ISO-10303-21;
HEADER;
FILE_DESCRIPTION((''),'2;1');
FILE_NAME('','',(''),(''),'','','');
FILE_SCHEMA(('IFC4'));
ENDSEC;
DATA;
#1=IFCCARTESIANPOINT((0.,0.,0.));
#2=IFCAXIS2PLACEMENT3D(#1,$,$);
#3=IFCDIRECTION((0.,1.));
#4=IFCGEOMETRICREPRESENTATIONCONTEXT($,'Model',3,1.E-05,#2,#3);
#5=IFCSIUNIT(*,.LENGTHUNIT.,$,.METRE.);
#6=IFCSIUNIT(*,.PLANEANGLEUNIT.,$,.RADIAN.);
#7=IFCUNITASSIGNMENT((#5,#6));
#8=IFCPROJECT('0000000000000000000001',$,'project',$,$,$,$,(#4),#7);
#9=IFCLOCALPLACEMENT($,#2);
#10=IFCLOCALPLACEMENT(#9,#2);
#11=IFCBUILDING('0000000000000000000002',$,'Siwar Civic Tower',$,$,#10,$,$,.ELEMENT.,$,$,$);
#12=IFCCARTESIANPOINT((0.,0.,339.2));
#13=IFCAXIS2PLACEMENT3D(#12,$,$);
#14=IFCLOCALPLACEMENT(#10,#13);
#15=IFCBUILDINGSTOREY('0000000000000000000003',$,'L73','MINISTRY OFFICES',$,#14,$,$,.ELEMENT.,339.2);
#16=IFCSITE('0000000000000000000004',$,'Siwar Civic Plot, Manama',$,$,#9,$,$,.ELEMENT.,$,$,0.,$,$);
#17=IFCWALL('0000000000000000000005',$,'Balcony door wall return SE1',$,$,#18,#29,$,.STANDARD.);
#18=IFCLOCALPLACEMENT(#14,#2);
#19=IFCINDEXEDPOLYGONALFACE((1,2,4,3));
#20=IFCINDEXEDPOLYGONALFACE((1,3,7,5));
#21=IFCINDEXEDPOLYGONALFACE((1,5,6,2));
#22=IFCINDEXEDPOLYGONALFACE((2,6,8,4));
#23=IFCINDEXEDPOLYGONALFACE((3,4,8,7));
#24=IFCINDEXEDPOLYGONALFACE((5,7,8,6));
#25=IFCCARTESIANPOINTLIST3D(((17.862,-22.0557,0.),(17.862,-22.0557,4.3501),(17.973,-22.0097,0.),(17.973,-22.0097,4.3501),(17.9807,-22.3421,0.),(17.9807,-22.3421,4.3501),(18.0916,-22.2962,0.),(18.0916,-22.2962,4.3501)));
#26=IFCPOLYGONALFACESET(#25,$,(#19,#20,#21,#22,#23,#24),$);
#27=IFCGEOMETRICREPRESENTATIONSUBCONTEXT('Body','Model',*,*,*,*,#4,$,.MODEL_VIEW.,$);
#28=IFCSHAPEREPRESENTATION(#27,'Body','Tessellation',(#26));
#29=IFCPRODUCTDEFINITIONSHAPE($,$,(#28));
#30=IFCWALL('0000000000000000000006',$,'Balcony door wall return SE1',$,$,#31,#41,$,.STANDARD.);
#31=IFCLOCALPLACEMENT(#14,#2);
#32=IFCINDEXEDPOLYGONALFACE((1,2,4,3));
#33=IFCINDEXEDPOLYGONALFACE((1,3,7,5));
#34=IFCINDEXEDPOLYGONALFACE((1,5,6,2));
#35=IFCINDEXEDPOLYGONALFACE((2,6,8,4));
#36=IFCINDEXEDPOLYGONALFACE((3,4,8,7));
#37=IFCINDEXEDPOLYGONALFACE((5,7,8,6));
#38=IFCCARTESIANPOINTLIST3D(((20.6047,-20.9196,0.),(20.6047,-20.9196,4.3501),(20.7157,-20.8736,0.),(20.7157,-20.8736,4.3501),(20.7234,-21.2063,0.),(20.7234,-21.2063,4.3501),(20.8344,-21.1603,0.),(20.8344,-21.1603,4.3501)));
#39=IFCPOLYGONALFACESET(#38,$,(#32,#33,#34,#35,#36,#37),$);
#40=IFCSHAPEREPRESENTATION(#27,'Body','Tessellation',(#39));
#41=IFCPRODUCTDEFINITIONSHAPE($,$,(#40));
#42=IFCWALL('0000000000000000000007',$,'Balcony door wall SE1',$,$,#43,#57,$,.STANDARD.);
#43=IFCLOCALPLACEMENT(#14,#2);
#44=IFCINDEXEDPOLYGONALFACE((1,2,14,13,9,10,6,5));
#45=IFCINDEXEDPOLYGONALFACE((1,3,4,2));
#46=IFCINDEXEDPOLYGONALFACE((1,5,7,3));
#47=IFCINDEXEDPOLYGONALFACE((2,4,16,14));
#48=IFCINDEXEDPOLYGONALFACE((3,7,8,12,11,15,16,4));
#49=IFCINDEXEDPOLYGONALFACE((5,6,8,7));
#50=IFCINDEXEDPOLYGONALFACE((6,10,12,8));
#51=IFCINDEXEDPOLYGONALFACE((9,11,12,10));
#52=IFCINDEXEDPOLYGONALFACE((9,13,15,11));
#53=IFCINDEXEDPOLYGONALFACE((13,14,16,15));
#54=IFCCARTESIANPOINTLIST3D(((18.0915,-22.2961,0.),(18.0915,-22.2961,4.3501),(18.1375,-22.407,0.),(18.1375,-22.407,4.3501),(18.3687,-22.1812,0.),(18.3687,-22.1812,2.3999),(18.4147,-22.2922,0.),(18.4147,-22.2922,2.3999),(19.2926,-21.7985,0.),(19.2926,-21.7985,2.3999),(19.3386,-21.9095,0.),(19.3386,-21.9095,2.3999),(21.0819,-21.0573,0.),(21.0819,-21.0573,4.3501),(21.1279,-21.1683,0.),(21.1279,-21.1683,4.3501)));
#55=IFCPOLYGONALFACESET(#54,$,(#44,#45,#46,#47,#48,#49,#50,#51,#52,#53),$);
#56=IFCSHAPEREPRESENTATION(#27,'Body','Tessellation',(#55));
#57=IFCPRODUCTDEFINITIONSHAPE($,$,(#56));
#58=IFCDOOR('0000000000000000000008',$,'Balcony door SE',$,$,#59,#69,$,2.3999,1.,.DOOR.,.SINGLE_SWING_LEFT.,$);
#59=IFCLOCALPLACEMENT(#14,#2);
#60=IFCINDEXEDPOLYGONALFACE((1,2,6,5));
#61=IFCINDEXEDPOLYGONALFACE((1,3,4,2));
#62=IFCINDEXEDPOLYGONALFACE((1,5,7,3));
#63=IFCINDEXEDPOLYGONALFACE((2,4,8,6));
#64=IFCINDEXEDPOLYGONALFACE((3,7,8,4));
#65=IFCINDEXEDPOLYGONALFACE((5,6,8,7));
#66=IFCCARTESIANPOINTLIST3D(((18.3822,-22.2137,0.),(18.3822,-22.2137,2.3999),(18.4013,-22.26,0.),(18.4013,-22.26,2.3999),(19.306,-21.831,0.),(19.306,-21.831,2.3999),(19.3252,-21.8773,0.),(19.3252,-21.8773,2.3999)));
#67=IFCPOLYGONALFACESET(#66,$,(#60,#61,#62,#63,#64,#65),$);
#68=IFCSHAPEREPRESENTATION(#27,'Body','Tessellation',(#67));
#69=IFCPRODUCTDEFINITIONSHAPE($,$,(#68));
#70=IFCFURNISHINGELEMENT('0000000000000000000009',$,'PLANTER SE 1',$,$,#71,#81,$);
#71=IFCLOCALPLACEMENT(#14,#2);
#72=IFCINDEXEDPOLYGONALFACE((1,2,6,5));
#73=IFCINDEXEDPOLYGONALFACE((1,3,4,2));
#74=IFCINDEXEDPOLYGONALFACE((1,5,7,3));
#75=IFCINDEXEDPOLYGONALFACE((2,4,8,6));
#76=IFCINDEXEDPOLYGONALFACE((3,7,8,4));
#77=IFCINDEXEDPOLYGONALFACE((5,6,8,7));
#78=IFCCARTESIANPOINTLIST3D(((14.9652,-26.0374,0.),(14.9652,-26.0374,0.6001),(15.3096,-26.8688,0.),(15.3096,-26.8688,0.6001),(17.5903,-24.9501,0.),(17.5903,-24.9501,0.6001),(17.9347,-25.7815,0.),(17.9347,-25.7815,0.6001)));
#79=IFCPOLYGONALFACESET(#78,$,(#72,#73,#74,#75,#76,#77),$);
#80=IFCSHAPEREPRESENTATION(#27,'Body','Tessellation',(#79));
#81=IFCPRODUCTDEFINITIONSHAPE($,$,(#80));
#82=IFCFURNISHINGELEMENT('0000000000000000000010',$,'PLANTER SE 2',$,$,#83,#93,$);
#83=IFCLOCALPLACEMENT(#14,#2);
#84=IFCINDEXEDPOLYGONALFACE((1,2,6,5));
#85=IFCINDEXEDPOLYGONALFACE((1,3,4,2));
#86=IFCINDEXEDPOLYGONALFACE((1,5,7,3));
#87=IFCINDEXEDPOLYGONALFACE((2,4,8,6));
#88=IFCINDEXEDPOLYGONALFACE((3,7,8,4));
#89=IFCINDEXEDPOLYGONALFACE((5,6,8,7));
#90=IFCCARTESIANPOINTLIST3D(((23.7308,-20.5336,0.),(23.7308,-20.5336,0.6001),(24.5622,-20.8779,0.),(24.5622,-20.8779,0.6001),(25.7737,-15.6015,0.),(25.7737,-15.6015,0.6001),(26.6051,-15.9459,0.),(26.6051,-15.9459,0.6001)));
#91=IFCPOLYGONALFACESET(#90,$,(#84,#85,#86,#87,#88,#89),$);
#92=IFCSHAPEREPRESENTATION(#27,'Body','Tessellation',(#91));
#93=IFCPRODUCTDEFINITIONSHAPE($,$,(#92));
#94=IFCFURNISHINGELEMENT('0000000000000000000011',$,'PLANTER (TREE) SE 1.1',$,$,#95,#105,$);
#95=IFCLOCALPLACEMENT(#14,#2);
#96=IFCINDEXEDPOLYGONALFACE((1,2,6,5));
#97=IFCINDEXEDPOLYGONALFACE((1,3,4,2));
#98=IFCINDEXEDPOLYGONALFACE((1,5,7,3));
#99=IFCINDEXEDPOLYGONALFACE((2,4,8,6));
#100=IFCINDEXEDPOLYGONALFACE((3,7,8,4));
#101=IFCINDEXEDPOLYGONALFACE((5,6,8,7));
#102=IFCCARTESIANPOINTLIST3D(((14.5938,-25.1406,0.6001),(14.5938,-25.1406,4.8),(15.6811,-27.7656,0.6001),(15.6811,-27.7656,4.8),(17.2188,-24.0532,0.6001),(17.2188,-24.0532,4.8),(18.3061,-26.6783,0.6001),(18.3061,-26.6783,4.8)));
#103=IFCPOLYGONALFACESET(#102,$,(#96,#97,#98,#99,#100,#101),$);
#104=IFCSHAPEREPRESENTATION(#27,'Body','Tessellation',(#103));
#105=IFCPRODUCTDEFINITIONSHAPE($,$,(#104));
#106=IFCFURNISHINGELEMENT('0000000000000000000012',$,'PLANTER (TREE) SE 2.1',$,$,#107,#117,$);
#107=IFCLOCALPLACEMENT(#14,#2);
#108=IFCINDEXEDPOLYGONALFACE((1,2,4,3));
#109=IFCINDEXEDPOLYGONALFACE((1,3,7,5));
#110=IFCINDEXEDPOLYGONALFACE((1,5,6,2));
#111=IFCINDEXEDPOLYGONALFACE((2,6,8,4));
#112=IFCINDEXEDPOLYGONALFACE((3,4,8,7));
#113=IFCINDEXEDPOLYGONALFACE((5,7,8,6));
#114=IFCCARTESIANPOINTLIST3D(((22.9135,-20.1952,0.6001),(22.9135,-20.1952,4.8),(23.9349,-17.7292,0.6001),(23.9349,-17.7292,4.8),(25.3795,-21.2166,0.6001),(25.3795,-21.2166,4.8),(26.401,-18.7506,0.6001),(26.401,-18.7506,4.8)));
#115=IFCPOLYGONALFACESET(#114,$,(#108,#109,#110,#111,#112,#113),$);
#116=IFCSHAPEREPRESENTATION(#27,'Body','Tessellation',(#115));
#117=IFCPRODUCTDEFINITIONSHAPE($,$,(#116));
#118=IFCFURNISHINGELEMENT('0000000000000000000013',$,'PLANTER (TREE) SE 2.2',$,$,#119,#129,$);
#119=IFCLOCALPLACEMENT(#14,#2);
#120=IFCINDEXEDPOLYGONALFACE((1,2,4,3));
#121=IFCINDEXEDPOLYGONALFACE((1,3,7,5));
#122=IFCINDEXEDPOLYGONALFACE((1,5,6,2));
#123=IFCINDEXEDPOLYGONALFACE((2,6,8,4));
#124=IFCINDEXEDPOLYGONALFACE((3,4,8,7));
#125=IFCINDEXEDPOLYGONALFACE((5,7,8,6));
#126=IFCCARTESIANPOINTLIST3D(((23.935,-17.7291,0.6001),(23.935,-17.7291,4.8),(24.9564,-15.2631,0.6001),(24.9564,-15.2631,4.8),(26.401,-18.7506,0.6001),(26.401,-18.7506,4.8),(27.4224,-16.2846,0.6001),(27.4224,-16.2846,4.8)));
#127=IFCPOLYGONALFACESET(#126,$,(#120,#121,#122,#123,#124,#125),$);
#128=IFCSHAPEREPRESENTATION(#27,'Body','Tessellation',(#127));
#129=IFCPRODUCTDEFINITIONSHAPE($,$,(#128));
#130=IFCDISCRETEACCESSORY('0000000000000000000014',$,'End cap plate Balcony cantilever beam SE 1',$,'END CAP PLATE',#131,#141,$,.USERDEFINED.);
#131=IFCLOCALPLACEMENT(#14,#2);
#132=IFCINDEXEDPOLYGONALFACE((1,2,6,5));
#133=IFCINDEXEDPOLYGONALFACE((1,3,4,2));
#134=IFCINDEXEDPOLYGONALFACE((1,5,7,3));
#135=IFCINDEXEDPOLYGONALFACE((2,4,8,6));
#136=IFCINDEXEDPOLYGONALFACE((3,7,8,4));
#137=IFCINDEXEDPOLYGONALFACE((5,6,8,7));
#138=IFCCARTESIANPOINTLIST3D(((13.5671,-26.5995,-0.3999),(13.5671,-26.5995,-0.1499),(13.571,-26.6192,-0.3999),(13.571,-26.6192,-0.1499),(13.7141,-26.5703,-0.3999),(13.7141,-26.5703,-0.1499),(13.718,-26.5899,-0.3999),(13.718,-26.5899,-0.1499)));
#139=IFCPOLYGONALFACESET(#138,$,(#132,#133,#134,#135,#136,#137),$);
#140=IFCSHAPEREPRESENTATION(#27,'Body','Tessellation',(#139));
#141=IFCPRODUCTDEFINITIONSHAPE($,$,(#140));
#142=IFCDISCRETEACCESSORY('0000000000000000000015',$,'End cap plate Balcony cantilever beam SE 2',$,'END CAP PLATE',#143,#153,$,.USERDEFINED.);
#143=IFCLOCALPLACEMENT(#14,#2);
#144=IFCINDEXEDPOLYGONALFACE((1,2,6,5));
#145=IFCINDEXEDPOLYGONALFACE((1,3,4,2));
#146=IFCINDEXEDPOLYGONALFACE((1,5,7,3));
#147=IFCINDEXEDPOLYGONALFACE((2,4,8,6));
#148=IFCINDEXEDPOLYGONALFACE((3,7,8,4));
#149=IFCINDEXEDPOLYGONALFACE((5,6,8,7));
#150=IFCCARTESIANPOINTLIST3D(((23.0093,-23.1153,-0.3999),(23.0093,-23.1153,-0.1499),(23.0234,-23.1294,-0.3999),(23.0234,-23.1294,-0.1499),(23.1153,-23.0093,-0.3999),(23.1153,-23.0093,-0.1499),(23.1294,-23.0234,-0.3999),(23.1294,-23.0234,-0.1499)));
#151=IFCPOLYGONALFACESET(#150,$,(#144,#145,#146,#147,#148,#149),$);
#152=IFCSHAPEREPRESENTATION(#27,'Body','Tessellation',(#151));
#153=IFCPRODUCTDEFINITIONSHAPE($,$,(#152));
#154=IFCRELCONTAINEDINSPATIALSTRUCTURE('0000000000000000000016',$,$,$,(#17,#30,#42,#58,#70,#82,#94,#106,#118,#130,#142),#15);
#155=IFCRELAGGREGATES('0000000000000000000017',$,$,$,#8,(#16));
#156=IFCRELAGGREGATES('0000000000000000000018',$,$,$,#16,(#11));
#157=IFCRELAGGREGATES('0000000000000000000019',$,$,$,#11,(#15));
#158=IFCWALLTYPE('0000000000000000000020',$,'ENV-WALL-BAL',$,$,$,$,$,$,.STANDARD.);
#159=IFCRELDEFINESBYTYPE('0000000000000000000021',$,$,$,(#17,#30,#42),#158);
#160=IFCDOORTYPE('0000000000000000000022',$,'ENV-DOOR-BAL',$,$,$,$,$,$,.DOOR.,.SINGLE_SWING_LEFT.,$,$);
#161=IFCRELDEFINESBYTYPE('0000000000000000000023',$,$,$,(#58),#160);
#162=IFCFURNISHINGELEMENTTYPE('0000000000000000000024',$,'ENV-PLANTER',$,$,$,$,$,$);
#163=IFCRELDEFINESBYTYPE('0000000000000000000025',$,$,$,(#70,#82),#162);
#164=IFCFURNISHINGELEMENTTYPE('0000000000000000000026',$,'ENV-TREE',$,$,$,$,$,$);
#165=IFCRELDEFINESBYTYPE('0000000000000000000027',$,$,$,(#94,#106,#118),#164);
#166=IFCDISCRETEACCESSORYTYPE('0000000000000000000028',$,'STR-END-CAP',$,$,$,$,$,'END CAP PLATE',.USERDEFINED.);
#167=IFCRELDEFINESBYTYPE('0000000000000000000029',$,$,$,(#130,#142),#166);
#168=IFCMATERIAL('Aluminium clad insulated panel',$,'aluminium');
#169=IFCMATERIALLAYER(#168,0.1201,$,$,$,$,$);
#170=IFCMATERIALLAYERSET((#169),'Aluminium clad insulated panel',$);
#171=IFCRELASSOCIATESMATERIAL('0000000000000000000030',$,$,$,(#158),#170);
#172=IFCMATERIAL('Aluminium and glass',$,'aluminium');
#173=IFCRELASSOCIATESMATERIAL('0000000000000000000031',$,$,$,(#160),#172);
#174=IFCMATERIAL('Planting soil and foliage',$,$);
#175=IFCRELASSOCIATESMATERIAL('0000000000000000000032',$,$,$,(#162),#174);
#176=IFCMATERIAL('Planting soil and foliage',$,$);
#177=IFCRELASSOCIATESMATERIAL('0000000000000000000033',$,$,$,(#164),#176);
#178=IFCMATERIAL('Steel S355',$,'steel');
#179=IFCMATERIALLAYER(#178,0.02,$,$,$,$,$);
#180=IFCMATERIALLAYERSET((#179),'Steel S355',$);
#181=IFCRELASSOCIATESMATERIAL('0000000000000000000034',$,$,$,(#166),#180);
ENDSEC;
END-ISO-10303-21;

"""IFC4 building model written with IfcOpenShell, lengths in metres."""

from ifc_helpers import new_model, si_unit, direction, frame, frame_2d, origin, origin_2d, place, context, subcontext, project, spatial, rectangle, extrude, material, layer, layer_set, type_object, element, fill, save


model = new_model("IFC4")

# Units and contexts
model_context = context("Model", 3, precision=1e-05, world=origin(), true_north=direction((0.0, 1.0)))
body_context = subcontext(model_context, "Body", "Model", "MODEL_VIEW")
ifc_project = project(units=[si_unit("LENGTHUNIT", "METRE"), si_unit("PLANEANGLEUNIT", "RADIAN")], contexts=[model_context])

# Site, building, storey
site_placement = place(None, origin())
site = spatial("IfcSite", under=ifc_project, at=site_placement, Name="Siwar Civic Plot, Manama", CompositionType="ELEMENT", RefElevation=0.0)
building_placement = place(site_placement, origin())
building = spatial("IfcBuilding", under=site, at=building_placement, Name="Siwar Civic Tower", CompositionType="ELEMENT")
storey_placement = place(building_placement, frame((0.0, 0.0, 339.2)))
storey = spatial("IfcBuildingStorey", under=building, at=storey_placement, Name="L73", Description="MINISTRY OFFICES", CompositionType="ELEMENT", Elevation=339.2)

# Walls
ifc_material_1 = material(Name="Aluminium clad insulated panel", Category="aluminium")
ifc_layer_1 = layer(ifc_material_1, 0.1201)
ifc_layer_set_1 = layer_set([ifc_layer_1], Name="Aluminium clad insulated panel")
wall_type = type_object("IfcWallType", Name="ENV-WALL-BAL", PredefinedType="STANDARD", material=ifc_layer_set_1)
wall_1_placement = place(storey_placement, frame((17.9175, -22.0327, 0.0), z_axis=(0.0, 0.0, 1.0), x_axis=(0.382769, -0.923844, 0.0)))
element("IfcWall", 1, at=wall_1_placement, inside=storey, type_object=wall_type, Name="Balcony door wall return SE1", PredefinedType="STANDARD", context=body_context, shape_type="SweptSolid", body=[
    extrude(rectangle(XDim=0.3101, YDim=0.1201, at=frame_2d((0.155, 0.0))), origin(), (0.0, 0.0, 1.0), 4.3501),
])
wall_2_placement = place(storey_placement, frame((20.6602, -20.8965, 0.0), z_axis=(0.0, 0.0, 1.0), x_axis=(0.382491, -0.923959, 0.0)))
element("IfcWall", 2, at=wall_2_placement, inside=storey, type_object=wall_type, Name="Balcony door wall return SE1", PredefinedType="STANDARD", context=body_context, shape_type="SweptSolid", body=[
    extrude(rectangle(XDim=0.3103, YDim=0.1201, at=frame_2d((0.1553, 0.0))), origin(), (0.0, 0.0, 1.0), 4.3501),
])

# Wall, opening, door
wall_3_placement = place(storey_placement, frame((18.1145, -22.3516, 0.0), z_axis=(0.0, 0.0, 1.0), x_axis=(0.923872, 0.382703, 0.0)))
wall_3 = element("IfcWall", 3, at=wall_3_placement, inside=storey, type_object=wall_type, Name="Balcony door wall SE1", PredefinedType="STANDARD", context=body_context, shape_type="SweptSolid", body=[
    extrude(rectangle(XDim=3.2368, YDim=0.1201, at=frame_2d((1.6184, 0.0))), origin(), (0.0, 0.0, 1.0), 4.3501),
])
opening_placement = place(wall_3_placement, frame((0.3, 0.0, 0.0)))
opening = element("IfcOpeningElement", 4, at=opening_placement, cuts=wall_3, PredefinedType="OPENING", context=body_context, shape_type="SweptSolid", body=[
    extrude(rectangle(XDim=1.0, YDim=2.3999, at=frame_2d((0.5, 1.2))), frame((0.0, 0.0701, 0.0), z_axis=(0.0, -1.0, 0.0), x_axis=(1.0, 0.0, 0.0)), (0.0, 0.0, 1.0), 0.1401),
])
ifc_material_2 = material(Name="Aluminium and glass", Category="aluminium")
door_type = type_object("IfcDoorType", Name="ENV-DOOR-BAL", OperationType="SINGLE_SWING_LEFT", PredefinedType="DOOR", material=ifc_material_2)
door_placement = place(opening_placement, origin())
door = element("IfcDoor", 5, at=door_placement, inside=storey, type_object=door_type, Name="Balcony door SE", OperationType="SINGLE_SWING_LEFT", OverallHeight=2.3999, OverallWidth=1.0, PredefinedType="DOOR", context=body_context, shape_type="SweptSolid", body=[
    extrude(rectangle(XDim=1.0, YDim=2.3999, at=frame_2d((0.5, 1.2))), frame((0.0, 0.0249, 0.0), z_axis=(0.0, -1.0, 0.0), x_axis=(1.0, 0.0, 0.0)), (0.0, 0.0, 1.0), 0.05),
])
fill(opening, door)

# Furnishing elements
ifc_material_3 = material(Name="Planting soil and foliage")
furnishing_element_type_1 = type_object("IfcFurnishingElementType", Name="ENV-PLANTER", material=ifc_material_3)
furnishing_1_placement = place(storey_placement, frame((16.45, -25.9094, 0.0), z_axis=(0.0, 0.0, 1.0), x_axis=(0.92388, 0.382683, 0.0)))
element("IfcFurnishingElement", 6, at=furnishing_1_placement, inside=storey, type_object=furnishing_element_type_1, Name="PLANTER SE 1", context=body_context, shape_type="SweptSolid", body=[
    extrude(rectangle(XDim=2.8413, YDim=0.8999, at=origin_2d()), origin(), (0.0, 0.0, 1.0), 0.6001),
])
furnishing_2_placement = place(storey_placement, frame((25.168, -18.2397, 0.0), z_axis=(0.0, 0.0, 1.0), x_axis=(0.382683, 0.92388, 0.0)))
element("IfcFurnishingElement", 7, at=furnishing_2_placement, inside=storey, type_object=furnishing_element_type_1, Name="PLANTER SE 2", context=body_context, shape_type="SweptSolid", body=[
    extrude(rectangle(XDim=5.3384, YDim=0.8999, at=origin_2d()), origin(), (0.0, 0.0, 1.0), 0.6001),
])
ifc_material_4 = material(Name="Planting soil and foliage")
furnishing_element_type_2 = type_object("IfcFurnishingElementType", Name="ENV-TREE", material=ifc_material_4)
furnishing_3_placement = place(storey_placement, frame((16.45, -25.9094, 0.6001), z_axis=(0.0, 0.0, 1.0), x_axis=(0.92388, 0.382683, 0.0)))
element("IfcFurnishingElement", 8, at=furnishing_3_placement, inside=storey, type_object=furnishing_element_type_2, Name="PLANTER (TREE) SE 1.1", context=body_context, shape_type="SweptSolid", body=[
    extrude(rectangle(XDim=2.8413, YDim=2.8413, at=origin_2d()), origin(), (0.0, 0.0, 1.0), 4.2),
])
for number, where, z_axis, x_axis, name in (
    (9, (24.6572, -19.4729, 0.6001), (0.0, 0.0, 1.0), (0.382683, 0.92388, 0.0), "PLANTER (TREE) SE 2.1"),
    (10, (25.6787, -17.0068, 0.6001), (0.0, 0.0, 1.0), (0.382683, 0.92388, 0.0), "PLANTER (TREE) SE 2.2"),
):
    element("IfcFurnishingElement", number, at=place(storey_placement, frame(where, z_axis=z_axis, x_axis=x_axis)), inside=storey, type_object=furnishing_element_type_2, Name=name, context=body_context, shape_type="SweptSolid", body=[
        extrude(rectangle(XDim=2.6692, YDim=2.6692, at=origin_2d()), origin(), (0.0, 0.0, 1.0), 4.2),
    ])

# Discrete accessories
ifc_material_5 = material(Name="Steel S355", Category="steel")
ifc_layer_2 = layer(ifc_material_5, 0.02)
ifc_layer_set_2 = layer_set([ifc_layer_2], Name="Steel S355")
discrete_accessory_type = type_object("IfcDiscreteAccessoryType", Name="STR-END-CAP", ElementType="END CAP PLATE", PredefinedType="USERDEFINED", material=ifc_layer_set_2)
for number, where, z_axis, x_axis, name in (
    (11, (13.6426, -26.5947, -0.3999), (0.0, 0.0, 1.0), (0.19509, -0.980785, 0.0), "End cap plate Balcony cantilever beam SE 1"),
    (12, (23.0693, -23.0693, -0.3999), (0.0, 0.0, 1.0), (0.707107, -0.707107, 0.0), "End cap plate Balcony cantilever beam SE 2"),
):
    element("IfcDiscreteAccessory", number, at=place(storey_placement, frame(where, z_axis=z_axis, x_axis=x_axis)), inside=storey, type_object=discrete_accessory_type, Name=name, ObjectType="END CAP PLATE", PredefinedType="USERDEFINED", context=body_context, shape_type="SweptSolid", body=[
        extrude(rectangle(XDim=0.02, YDim=0.1499, at=origin_2d()), origin(), (0.0, 0.0, 1.0), 0.25),
    ])

save(model, "model.ifc")
